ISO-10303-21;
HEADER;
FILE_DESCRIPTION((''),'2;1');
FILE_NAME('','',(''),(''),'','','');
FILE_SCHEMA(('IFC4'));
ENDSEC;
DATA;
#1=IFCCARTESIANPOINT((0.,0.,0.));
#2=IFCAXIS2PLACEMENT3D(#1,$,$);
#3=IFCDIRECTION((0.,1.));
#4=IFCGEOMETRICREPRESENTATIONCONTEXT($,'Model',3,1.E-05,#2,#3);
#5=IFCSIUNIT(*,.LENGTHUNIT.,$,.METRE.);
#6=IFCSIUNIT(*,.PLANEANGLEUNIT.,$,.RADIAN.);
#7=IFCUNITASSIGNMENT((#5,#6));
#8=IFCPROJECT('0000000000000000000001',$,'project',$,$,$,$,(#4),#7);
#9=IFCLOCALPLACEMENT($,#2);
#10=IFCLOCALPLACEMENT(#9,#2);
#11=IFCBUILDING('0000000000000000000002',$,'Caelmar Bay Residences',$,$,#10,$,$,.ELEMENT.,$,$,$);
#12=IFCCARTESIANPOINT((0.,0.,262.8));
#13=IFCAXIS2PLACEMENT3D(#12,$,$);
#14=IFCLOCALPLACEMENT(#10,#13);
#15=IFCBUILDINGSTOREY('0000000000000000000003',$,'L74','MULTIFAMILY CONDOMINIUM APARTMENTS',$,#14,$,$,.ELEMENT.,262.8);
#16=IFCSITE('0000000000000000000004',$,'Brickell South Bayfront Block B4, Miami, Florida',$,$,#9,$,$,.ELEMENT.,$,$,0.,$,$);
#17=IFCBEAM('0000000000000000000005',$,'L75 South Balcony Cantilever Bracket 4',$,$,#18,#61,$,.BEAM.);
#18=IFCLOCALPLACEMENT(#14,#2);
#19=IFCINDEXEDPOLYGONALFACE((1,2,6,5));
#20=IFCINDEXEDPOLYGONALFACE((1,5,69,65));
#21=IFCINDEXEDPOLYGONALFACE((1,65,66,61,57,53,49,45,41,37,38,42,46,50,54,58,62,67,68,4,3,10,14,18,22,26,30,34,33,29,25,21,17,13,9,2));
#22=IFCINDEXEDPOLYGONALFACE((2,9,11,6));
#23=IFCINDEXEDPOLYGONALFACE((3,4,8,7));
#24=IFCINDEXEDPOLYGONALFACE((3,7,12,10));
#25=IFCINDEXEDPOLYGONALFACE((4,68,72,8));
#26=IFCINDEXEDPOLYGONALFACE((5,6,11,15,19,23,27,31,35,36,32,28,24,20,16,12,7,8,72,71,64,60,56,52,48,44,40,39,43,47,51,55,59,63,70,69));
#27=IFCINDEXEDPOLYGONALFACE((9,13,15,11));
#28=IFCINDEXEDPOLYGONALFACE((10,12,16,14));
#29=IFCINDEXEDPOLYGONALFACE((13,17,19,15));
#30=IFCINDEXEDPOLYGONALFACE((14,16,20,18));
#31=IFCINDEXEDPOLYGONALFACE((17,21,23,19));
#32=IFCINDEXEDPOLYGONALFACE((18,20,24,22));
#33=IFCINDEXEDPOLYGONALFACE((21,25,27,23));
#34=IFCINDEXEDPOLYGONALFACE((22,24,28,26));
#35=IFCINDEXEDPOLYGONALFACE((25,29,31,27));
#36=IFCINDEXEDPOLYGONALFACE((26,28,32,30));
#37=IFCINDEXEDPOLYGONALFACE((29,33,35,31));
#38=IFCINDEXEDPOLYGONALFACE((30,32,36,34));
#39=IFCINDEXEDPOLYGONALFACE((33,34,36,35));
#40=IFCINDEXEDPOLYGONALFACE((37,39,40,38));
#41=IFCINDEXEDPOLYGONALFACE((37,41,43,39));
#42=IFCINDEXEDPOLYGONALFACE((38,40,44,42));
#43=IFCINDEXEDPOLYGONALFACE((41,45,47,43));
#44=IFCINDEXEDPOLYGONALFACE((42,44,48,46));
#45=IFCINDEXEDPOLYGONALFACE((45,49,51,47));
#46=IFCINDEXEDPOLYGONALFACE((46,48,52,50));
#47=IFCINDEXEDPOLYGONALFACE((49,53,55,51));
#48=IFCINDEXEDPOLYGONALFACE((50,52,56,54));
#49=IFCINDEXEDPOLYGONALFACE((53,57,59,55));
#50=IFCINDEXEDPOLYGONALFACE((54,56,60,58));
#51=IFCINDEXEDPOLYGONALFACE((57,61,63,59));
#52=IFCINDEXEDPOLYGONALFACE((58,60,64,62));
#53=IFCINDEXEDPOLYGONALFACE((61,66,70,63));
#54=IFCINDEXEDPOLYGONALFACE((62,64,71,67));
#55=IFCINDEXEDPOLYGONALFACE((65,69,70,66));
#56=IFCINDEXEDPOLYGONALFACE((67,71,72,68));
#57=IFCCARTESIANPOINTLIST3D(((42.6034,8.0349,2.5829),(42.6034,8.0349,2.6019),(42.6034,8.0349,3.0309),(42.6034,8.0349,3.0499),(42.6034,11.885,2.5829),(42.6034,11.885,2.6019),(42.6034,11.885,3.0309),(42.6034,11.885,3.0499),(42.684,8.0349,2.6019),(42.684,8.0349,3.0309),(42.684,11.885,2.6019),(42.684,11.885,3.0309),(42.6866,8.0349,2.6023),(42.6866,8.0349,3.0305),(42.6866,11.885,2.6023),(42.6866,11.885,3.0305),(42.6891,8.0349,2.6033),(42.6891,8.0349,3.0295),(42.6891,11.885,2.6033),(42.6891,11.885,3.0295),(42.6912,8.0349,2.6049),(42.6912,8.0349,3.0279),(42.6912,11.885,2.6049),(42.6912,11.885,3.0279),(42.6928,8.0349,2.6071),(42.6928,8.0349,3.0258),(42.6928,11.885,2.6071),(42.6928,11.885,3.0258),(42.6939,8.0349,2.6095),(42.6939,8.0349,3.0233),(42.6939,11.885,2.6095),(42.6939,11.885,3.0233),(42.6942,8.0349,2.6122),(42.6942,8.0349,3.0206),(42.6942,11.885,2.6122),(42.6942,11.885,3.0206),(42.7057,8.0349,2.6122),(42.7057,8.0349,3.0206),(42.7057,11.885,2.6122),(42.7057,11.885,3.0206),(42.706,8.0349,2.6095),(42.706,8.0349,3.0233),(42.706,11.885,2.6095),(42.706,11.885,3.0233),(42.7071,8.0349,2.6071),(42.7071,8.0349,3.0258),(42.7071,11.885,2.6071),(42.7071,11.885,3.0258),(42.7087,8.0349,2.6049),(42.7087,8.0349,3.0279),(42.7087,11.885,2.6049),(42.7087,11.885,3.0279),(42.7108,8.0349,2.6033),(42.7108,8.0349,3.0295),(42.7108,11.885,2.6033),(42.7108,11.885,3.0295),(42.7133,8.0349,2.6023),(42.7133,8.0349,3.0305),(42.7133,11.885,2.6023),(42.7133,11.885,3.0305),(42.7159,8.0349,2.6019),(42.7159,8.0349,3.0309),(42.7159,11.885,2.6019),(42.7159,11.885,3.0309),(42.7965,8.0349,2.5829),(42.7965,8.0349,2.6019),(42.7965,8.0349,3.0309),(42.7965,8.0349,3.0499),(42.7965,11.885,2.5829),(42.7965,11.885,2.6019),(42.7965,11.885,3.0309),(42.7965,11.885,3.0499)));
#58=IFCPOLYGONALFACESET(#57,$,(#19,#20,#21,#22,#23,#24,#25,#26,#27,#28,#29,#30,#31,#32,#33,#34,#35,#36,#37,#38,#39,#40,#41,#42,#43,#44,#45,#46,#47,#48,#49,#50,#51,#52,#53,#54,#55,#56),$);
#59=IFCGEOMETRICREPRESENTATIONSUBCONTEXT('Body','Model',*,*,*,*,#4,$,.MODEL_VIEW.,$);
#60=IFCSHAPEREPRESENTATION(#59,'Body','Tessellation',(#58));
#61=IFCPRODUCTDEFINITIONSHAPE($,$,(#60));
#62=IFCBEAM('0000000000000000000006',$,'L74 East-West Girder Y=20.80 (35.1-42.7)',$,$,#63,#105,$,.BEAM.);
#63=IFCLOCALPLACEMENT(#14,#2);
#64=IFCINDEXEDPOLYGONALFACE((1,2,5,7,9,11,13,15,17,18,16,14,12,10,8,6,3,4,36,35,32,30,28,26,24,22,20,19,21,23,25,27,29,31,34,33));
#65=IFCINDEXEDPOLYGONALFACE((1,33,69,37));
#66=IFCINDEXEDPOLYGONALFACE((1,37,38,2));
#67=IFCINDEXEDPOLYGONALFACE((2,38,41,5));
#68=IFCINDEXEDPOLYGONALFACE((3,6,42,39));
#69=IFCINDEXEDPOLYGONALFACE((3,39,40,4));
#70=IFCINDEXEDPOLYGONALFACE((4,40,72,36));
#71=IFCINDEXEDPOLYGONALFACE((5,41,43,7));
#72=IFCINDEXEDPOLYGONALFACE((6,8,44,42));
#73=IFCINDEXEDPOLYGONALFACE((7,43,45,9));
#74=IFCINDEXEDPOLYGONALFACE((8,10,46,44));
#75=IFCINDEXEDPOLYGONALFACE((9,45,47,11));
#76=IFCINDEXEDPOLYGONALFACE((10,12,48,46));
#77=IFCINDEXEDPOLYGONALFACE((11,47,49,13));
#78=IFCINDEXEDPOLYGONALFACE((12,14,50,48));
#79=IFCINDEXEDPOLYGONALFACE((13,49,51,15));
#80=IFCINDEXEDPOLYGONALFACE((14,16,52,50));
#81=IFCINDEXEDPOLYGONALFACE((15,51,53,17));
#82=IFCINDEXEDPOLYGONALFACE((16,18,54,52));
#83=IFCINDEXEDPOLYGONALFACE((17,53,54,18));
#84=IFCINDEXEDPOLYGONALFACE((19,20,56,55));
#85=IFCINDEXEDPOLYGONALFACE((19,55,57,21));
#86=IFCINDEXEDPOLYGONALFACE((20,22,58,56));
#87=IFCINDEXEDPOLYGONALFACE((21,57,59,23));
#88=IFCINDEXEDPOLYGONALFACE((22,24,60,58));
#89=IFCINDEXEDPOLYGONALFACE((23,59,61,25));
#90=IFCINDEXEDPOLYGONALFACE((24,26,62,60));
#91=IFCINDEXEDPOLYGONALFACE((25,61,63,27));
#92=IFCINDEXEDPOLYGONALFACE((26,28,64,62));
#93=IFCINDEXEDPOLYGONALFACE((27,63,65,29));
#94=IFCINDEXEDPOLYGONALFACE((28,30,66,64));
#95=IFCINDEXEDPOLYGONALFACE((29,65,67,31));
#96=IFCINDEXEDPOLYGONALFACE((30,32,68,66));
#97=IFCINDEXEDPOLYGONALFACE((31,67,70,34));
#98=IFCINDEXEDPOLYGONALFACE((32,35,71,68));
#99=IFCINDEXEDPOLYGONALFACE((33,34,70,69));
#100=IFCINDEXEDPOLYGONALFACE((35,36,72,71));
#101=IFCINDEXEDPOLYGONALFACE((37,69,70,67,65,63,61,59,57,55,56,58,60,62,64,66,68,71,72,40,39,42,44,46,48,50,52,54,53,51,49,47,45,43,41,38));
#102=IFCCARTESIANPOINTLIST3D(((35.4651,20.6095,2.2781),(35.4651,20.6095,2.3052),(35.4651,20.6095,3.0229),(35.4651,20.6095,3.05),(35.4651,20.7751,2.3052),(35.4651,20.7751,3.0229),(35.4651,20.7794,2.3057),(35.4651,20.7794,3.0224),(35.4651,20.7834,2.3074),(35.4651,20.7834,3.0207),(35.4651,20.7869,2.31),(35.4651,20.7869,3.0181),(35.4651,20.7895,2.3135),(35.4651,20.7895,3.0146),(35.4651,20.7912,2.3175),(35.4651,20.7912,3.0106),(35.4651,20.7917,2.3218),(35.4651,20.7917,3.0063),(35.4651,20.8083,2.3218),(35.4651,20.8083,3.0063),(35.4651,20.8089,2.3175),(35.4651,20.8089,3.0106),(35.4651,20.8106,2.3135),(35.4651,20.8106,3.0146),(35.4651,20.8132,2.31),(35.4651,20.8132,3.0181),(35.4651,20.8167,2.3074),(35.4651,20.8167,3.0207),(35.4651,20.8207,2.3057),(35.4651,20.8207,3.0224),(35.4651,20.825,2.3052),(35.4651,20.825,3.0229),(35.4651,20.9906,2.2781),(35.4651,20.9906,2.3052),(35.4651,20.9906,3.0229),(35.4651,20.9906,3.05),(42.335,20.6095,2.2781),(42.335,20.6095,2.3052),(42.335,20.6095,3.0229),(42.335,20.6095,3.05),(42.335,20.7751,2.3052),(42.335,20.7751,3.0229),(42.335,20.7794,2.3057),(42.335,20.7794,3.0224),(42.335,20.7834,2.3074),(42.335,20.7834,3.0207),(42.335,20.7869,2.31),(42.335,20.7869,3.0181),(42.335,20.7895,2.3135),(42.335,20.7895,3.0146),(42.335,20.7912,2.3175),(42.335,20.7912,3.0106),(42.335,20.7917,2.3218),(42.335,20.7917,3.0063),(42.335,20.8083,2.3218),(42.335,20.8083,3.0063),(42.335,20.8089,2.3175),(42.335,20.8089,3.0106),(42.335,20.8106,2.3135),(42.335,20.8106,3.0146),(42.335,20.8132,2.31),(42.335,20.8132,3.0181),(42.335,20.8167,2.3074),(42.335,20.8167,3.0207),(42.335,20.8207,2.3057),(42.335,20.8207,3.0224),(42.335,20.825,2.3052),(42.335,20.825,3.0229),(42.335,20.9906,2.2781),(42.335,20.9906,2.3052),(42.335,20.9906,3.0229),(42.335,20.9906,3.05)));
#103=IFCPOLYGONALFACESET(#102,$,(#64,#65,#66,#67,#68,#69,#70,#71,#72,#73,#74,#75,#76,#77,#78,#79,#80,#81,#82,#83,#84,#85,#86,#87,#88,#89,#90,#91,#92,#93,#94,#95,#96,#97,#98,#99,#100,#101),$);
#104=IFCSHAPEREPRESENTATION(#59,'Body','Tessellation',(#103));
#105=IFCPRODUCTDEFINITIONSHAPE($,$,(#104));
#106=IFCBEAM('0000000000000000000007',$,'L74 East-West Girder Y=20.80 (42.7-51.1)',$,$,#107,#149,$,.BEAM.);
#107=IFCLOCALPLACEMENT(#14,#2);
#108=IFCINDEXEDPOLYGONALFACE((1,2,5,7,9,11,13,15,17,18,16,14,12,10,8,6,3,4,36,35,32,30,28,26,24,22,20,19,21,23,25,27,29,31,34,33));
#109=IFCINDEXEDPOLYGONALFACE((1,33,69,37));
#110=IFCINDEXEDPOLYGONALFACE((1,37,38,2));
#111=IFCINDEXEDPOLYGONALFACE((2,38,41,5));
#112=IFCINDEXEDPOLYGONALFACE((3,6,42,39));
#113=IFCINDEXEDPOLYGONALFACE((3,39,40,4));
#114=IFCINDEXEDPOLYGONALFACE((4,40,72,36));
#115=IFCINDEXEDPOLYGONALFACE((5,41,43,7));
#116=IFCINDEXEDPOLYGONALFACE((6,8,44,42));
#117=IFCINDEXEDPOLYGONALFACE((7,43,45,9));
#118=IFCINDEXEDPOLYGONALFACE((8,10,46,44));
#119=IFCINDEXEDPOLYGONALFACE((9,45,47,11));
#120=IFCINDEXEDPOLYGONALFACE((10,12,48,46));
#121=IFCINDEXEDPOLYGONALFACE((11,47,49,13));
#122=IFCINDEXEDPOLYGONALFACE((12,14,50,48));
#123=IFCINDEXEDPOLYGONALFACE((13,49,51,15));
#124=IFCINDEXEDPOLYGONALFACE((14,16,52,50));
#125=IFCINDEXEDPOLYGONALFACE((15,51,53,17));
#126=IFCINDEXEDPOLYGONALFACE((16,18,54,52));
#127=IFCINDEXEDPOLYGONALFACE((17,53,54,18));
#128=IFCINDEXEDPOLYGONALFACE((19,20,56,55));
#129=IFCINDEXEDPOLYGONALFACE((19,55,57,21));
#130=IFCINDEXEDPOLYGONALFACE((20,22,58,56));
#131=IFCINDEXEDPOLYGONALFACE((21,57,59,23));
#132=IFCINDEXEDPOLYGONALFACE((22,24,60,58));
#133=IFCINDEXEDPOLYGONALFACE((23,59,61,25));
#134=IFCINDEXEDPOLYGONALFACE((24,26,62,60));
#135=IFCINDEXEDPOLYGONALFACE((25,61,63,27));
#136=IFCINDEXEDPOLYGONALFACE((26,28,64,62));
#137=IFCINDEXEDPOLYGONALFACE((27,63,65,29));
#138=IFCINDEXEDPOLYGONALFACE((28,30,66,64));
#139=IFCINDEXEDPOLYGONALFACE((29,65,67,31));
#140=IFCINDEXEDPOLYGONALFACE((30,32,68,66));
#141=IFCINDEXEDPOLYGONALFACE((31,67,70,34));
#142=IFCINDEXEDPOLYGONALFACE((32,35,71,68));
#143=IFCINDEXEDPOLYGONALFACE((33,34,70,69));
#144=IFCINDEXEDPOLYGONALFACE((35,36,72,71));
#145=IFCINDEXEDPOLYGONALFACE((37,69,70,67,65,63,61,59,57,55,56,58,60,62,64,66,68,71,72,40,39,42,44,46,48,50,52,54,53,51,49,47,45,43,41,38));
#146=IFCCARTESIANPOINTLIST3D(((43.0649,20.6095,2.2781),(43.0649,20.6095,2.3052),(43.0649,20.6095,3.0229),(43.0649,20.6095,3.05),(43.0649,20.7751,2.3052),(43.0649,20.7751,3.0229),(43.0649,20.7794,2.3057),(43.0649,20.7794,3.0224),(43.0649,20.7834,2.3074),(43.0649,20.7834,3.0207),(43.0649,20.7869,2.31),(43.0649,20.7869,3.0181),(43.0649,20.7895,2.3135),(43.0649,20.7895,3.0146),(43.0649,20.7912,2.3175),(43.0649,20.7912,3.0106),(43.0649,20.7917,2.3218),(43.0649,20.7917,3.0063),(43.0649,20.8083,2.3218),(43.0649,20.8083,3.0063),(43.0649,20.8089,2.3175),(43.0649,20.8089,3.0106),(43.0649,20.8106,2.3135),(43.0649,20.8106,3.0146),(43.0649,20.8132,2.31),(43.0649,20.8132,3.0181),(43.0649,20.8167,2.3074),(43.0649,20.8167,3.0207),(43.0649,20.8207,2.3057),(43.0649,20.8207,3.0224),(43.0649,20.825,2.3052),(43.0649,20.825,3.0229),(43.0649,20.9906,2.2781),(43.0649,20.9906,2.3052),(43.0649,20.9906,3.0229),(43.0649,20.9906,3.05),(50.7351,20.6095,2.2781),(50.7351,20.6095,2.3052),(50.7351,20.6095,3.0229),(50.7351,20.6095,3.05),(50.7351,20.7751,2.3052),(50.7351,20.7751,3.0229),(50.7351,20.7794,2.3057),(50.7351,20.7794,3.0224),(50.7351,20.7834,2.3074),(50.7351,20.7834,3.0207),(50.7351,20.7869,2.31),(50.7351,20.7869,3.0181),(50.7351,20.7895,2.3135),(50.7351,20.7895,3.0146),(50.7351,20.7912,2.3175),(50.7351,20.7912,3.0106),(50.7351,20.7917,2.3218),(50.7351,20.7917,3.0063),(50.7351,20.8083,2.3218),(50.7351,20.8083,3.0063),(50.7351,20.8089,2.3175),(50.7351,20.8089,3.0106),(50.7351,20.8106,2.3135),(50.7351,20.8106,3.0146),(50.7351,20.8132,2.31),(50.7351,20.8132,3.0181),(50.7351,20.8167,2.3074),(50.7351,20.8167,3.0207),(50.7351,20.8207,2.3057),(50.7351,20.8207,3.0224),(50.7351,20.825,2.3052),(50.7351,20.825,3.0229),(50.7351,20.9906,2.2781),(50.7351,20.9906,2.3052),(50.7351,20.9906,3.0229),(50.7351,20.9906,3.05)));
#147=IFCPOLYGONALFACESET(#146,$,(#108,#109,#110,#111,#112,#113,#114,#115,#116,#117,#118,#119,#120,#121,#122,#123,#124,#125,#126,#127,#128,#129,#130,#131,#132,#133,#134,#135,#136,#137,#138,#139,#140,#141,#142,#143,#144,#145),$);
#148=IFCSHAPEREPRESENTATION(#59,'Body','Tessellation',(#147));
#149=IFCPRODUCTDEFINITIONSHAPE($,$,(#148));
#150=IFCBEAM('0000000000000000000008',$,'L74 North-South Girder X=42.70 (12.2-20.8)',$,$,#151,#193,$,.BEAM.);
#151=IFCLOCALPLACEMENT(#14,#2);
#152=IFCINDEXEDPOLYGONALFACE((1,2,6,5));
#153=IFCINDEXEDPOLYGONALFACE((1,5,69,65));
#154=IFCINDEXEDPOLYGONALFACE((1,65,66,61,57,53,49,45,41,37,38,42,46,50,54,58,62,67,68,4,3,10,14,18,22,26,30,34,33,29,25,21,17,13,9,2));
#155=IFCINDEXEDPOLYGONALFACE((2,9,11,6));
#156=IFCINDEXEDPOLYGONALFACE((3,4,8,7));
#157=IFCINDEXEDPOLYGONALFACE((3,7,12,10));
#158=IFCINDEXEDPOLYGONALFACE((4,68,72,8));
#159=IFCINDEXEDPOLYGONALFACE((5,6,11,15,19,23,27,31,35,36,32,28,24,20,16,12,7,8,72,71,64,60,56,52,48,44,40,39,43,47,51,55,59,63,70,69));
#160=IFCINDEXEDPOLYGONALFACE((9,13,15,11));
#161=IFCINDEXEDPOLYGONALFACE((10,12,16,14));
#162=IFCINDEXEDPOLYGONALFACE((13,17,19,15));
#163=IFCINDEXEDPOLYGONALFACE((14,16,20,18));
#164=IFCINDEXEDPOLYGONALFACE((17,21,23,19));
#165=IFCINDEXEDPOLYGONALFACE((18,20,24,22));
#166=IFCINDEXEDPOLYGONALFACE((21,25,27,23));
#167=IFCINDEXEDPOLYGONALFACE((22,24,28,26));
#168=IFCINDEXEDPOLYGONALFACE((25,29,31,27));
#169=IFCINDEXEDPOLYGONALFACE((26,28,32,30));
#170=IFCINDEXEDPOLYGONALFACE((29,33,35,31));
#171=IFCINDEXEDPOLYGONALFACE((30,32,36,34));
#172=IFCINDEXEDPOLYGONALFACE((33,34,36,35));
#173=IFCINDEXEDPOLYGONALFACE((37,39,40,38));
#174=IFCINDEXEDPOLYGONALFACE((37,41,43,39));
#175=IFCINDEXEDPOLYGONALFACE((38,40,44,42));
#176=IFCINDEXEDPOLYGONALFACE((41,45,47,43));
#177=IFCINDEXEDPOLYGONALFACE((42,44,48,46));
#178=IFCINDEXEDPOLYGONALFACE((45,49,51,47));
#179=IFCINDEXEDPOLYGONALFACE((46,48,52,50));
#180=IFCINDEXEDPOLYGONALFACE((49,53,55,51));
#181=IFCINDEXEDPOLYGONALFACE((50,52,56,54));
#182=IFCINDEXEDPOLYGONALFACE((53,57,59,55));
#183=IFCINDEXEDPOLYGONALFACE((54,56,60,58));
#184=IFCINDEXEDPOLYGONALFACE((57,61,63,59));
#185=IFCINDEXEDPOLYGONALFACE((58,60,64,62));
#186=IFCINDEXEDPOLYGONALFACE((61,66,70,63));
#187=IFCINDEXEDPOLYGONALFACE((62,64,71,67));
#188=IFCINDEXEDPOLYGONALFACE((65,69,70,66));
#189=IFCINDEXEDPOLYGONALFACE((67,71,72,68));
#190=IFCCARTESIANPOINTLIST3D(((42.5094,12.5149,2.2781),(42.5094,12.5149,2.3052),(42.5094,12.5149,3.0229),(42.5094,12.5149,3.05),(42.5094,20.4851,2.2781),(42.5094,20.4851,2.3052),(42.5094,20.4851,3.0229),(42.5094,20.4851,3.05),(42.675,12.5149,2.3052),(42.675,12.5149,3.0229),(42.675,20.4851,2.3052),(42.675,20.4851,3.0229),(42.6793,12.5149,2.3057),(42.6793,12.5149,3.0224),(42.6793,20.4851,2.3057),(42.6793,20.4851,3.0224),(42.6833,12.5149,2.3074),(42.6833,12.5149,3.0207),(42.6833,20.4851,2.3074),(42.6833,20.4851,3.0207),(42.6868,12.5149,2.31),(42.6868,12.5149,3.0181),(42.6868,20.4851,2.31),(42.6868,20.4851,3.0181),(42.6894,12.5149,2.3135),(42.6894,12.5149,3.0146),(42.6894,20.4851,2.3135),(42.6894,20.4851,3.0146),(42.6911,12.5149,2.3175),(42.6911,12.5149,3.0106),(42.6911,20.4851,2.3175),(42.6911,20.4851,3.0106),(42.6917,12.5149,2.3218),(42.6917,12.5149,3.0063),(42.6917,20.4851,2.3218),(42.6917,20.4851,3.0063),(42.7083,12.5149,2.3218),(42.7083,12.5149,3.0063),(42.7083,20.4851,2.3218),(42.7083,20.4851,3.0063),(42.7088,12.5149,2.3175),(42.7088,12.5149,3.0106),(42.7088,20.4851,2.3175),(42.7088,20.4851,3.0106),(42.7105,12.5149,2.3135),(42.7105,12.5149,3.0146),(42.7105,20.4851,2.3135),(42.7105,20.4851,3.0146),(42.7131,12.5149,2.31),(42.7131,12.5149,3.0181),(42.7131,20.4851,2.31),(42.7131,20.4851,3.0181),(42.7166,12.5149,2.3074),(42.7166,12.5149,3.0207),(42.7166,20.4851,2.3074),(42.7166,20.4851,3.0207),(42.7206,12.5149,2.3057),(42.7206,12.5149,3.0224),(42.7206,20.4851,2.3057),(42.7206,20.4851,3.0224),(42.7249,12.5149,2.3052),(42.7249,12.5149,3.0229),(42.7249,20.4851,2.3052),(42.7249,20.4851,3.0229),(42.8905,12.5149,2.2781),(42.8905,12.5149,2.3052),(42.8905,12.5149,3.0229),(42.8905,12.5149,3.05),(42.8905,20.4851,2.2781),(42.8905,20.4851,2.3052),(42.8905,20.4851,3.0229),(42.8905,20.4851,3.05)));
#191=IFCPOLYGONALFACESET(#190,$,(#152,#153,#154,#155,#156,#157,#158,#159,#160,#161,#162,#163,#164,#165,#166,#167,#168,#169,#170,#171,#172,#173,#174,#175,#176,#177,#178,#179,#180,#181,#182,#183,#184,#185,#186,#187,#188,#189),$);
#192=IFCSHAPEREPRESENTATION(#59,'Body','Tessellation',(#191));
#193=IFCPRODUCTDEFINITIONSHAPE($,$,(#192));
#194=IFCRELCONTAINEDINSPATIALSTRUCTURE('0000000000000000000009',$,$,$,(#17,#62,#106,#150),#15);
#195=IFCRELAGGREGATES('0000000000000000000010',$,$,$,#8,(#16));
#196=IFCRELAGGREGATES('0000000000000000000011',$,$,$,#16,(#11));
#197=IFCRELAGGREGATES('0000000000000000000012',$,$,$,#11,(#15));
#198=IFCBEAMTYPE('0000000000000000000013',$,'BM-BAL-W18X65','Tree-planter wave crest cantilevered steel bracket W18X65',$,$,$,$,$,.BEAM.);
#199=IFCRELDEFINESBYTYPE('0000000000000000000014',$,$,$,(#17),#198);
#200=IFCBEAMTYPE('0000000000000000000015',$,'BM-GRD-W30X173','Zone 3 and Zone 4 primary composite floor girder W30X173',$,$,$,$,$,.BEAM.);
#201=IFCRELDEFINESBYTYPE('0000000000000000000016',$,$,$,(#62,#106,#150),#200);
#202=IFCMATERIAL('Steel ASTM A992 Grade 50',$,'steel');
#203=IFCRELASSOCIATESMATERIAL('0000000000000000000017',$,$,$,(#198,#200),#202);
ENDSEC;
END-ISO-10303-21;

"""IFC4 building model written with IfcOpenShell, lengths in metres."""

from ifc_helpers import new_model, si_unit, direction, frame, origin, origin_2d, place, context, subcontext, project, spatial, i_section, extrude, material, material_profile, profile_set, type_object, element, save


model = new_model("IFC4")

# Units and contexts
model_context = context("Model", 3, precision=1e-05, world=origin(), true_north=direction((0.0, 1.0)))
body_context = subcontext(model_context, "Body", "Model", "MODEL_VIEW")
ifc_project = project(units=[si_unit("LENGTHUNIT", "METRE"), si_unit("PLANEANGLEUNIT", "RADIAN")], contexts=[model_context])

# Site, building, storey
site_placement = place(None, origin())
site = spatial("IfcSite", under=ifc_project, at=site_placement, Name="Brickell South Bayfront Block B4, Miami, Florida", CompositionType="ELEMENT", RefElevation=0.0)
building_placement = place(site_placement, origin())
building = spatial("IfcBuilding", under=site, at=building_placement, Name="Caelmar Bay Residences", CompositionType="ELEMENT")
storey_placement = place(building_placement, frame((0.0, 0.0, 262.8)))
storey = spatial("IfcBuildingStorey", under=building, at=storey_placement, Name="L74", Description="MULTIFAMILY CONDOMINIUM APARTMENTS", CompositionType="ELEMENT", Elevation=262.8)

# Beams
ifc_material_1 = material(Name="Steel ASTM A992 Grade 50", Category="steel")
ifc_material_profile_1 = material_profile(ifc_material_1, i_section(OverallWidth=0.1931, OverallDepth=0.467, WebThickness=0.0115, FlangeThickness=0.019, FilletRadius=0.0103, at=origin_2d()), Name="W18X65")
ifc_profile_set_1 = profile_set([ifc_material_profile_1], Name="Steel ASTM A992 Grade 50")
beam_type_1 = type_object("IfcBeamType", Name="BM-BAL-W18X65", Description="Tree-planter wave crest cantilevered steel bracket W18X65", PredefinedType="BEAM", material=ifc_profile_set_1)
beam_1_placement = place(storey_placement, frame((42.7, 11.885, 2.8164), z_axis=(0.0, -1.0, 0.0), x_axis=(1.0, 0.0, 0.0)))
element("IfcBeam", 1, at=beam_1_placement, inside=storey, type_object=beam_type_1, Name="L75 South Balcony Cantilever Bracket 4", PredefinedType="BEAM", context=body_context, shape_type="SweptSolid", body=[
    extrude(i_section(OverallWidth=0.1931, OverallDepth=0.467, WebThickness=0.0115, FlangeThickness=0.019, FilletRadius=0.0103, at=origin_2d()), origin(), (0.0, 0.0, 1.0), 3.8501),
])
ifc_material_profile_2 = material_profile(ifc_material_1, i_section(OverallWidth=0.3811, OverallDepth=0.772, WebThickness=0.0166, FlangeThickness=0.0271, FilletRadius=0.0166, at=origin_2d()), Name="W30X173")
ifc_profile_set_2 = profile_set([ifc_material_profile_2], Name="Steel ASTM A992 Grade 50")
beam_type_2 = type_object("IfcBeamType", Name="BM-GRD-W30X173", Description="Zone 3 and Zone 4 primary composite floor girder W30X173", PredefinedType="BEAM", material=ifc_profile_set_2)
beam_2_placement = place(storey_placement, frame((35.4651, 20.8, 2.6641), z_axis=(1.0, 0.0, 0.0), x_axis=(0.0, 1.0, 0.0)))
element("IfcBeam", 2, at=beam_2_placement, inside=storey, type_object=beam_type_2, Name="L74 East-West Girder Y=20.80 (35.1-42.7)", PredefinedType="BEAM", context=body_context, shape_type="SweptSolid", body=[
    extrude(i_section(OverallWidth=0.3811, OverallDepth=0.772, WebThickness=0.0166, FlangeThickness=0.0271, FilletRadius=0.0166, at=origin_2d()), origin(), (0.0, 0.0, 1.0), 6.8699),
])
beam_3_placement = place(storey_placement, frame((43.0649, 20.8, 2.6641), z_axis=(1.0, 0.0, 0.0), x_axis=(0.0, 1.0, 0.0)))
element("IfcBeam", 3, at=beam_3_placement, inside=storey, type_object=beam_type_2, Name="L74 East-West Girder Y=20.80 (42.7-51.1)", PredefinedType="BEAM", context=body_context, shape_type="SweptSolid", body=[
    extrude(i_section(OverallWidth=0.3811, OverallDepth=0.772, WebThickness=0.0166, FlangeThickness=0.0271, FilletRadius=0.0166, at=origin_2d()), origin(), (0.0, 0.0, 1.0), 7.6702),
])
beam_4_placement = place(storey_placement, frame((42.7, 12.5149, 2.6641), z_axis=(0.0, 1.0, 0.0), x_axis=(-1.0, 0.0, 0.0)))
element("IfcBeam", 4, at=beam_4_placement, inside=storey, type_object=beam_type_2, Name="L74 North-South Girder X=42.70 (12.2-20.8)", PredefinedType="BEAM", context=body_context, shape_type="SweptSolid", body=[
    extrude(i_section(OverallWidth=0.3811, OverallDepth=0.772, WebThickness=0.0166, FlangeThickness=0.0271, FilletRadius=0.0166, at=origin_2d()), origin(), (0.0, 0.0, 1.0), 7.9702),
])

save(model, "model.ifc")
